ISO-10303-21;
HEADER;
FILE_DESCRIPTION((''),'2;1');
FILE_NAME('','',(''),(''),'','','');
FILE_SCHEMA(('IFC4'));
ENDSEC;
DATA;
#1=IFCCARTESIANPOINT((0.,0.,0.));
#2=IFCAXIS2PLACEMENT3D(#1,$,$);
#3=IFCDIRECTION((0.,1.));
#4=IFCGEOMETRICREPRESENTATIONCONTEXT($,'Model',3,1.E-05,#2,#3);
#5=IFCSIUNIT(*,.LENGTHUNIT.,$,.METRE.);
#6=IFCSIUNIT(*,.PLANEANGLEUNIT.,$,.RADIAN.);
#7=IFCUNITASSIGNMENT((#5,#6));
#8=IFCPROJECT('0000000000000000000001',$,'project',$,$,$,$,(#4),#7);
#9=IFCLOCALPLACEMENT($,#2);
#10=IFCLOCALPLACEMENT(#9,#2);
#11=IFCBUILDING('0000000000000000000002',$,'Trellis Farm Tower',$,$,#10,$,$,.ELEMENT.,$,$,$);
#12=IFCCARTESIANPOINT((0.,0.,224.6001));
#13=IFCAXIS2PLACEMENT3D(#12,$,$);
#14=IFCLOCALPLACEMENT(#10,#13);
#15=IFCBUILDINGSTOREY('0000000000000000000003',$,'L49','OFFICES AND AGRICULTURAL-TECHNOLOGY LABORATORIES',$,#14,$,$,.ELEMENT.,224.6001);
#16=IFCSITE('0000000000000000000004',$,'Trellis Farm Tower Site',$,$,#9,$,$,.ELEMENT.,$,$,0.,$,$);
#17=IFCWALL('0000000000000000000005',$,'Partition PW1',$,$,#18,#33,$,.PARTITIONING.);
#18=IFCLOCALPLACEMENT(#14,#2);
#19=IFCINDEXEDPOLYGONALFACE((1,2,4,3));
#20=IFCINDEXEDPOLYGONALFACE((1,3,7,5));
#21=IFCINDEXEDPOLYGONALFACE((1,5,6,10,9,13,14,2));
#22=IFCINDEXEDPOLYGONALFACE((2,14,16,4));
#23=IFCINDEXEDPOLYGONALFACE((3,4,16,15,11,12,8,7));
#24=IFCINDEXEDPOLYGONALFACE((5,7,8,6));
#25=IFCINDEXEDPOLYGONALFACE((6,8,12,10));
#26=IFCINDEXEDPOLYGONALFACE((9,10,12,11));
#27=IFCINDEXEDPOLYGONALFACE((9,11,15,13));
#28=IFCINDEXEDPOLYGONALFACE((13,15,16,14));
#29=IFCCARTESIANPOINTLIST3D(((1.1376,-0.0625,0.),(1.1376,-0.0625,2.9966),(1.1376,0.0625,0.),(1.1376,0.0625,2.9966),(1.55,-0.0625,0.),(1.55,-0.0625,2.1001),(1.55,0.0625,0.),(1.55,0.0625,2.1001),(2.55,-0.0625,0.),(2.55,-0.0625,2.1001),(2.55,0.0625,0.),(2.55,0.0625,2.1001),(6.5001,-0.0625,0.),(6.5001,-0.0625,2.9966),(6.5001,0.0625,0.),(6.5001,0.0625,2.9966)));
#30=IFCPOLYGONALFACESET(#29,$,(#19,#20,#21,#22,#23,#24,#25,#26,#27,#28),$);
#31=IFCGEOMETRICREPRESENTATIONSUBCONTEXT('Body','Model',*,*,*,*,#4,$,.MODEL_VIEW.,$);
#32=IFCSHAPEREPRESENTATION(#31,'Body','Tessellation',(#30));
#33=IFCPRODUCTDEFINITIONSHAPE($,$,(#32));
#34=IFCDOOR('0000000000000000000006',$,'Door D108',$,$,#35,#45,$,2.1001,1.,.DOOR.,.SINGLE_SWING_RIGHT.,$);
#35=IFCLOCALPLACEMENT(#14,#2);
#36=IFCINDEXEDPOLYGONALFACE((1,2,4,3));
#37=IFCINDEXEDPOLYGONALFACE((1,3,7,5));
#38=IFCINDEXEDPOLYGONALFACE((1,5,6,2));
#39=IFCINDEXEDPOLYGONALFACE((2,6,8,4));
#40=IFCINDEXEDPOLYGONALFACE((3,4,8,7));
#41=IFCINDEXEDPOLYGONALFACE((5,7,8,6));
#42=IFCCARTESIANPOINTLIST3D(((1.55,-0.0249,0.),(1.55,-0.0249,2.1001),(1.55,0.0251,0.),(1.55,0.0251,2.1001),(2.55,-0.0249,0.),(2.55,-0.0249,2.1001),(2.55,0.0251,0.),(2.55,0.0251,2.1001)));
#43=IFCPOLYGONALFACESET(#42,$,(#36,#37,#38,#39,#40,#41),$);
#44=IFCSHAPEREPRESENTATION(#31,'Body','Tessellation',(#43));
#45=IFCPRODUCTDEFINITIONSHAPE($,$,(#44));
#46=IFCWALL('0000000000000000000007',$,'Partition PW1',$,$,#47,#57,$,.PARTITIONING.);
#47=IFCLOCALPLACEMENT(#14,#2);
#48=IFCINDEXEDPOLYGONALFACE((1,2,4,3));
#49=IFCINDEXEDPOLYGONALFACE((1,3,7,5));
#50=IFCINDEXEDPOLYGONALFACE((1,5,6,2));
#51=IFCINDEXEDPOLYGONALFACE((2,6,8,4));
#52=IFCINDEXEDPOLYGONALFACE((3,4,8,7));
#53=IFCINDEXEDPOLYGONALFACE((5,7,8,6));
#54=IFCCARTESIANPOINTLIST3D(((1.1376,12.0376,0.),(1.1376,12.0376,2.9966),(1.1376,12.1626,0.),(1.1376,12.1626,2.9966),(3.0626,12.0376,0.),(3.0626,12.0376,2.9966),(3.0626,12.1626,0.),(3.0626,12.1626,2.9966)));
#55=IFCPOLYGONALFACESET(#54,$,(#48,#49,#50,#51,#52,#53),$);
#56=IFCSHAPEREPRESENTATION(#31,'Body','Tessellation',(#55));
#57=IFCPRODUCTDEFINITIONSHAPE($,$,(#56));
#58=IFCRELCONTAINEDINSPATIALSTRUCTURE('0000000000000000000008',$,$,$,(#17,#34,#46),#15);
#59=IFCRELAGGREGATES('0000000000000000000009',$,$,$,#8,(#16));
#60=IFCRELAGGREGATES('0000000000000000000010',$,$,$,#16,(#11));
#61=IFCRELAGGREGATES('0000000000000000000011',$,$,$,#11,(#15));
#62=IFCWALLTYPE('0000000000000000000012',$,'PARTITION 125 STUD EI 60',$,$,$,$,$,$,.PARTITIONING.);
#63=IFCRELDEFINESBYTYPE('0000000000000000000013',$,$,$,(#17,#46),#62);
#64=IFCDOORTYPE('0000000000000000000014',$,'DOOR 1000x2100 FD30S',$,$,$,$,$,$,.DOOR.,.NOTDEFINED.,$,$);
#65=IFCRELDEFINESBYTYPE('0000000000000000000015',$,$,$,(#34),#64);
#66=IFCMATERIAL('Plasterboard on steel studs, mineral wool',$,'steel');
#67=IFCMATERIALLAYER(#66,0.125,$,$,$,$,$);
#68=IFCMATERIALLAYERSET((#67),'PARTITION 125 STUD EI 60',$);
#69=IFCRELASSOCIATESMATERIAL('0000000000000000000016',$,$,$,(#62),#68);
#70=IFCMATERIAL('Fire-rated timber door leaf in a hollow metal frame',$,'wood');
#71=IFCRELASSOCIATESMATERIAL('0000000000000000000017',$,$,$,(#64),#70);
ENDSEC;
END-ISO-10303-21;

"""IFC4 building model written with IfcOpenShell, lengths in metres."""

from ifc_helpers import new_model, si_unit, direction, frame, frame_2d, origin, place, context, subcontext, project, spatial, rectangle, extrude, source, transform, mapped, material, layer, layer_set, type_object, element, fill, save


model = new_model("IFC4")

# Units and contexts
model_context = context("Model", 3, precision=1e-05, world=origin(), true_north=direction((0.0, 1.0)))
body_context = subcontext(model_context, "Body", "Model", "MODEL_VIEW")
ifc_project = project(units=[si_unit("LENGTHUNIT", "METRE"), si_unit("PLANEANGLEUNIT", "RADIAN")], contexts=[model_context])

# Site, building, storey
site_placement = place(None, origin())
site = spatial("IfcSite", under=ifc_project, at=site_placement, Name="Trellis Farm Tower Site", CompositionType="ELEMENT", RefElevation=0.0)
building_placement = place(site_placement, origin())
building = spatial("IfcBuilding", under=site, at=building_placement, Name="Trellis Farm Tower", CompositionType="ELEMENT")
storey_placement = place(building_placement, frame((0.0, 0.0, 224.6001)))
storey = spatial("IfcBuildingStorey", under=building, at=storey_placement, Name="L49", Description="OFFICES AND AGRICULTURAL-TECHNOLOGY LABORATORIES", CompositionType="ELEMENT", Elevation=224.6001)

# Shared definitions
ifc_material_1 = material(Name="Plasterboard on steel studs, mineral wool", Category="steel")
ifc_layer_1 = layer(ifc_material_1, 0.125)
ifc_layer_set_1 = layer_set([ifc_layer_1], Name="PARTITION 125 STUD EI 60")
wall_type_1 = type_object("IfcWallType", Name="PARTITION 125 STUD EI 60", PredefinedType="PARTITIONING", material=ifc_layer_set_1)

# Wall, opening, door
shared_shape_1 = source(origin(), body_context, "Body", "SweptSolid", [
    extrude(rectangle(XDim=5.3625, YDim=0.125, at=frame_2d((2.6812, 0.0))), origin(), (0.0, 0.0, 1.0), 2.9966),
])
wall_1_placement = place(storey_placement, frame((6.5, 0.0, 0.0), z_axis=(0.0, 0.0, 1.0), x_axis=(-1.0, 0.0, 0.0)))
wall_1 = element("IfcWall", 1, at=wall_1_placement, inside=storey, type_object=wall_type_1, Name="Partition PW1", PredefinedType="PARTITIONING", context=body_context, shape_type="MappedRepresentation", body=[
    mapped(shared_shape_1, transform((0.0, 0.0, 0.0))),
])
shared_shape_2 = source(origin(), body_context, "Body", "SweptSolid", [
    extrude(rectangle(XDim=1.0, YDim=2.1001, at=frame_2d((0.5, 1.05))), frame((0.0, 0.0725, 0.0), z_axis=(0.0, -1.0, 0.0), x_axis=(1.0, 0.0, 0.0)), (0.0, 0.0, 1.0), 0.145),
])
opening_1_placement = place(wall_1_placement, frame((3.95, 0.0, 0.0)))
opening_1 = element("IfcOpeningElement", 2, at=opening_1_placement, cuts=wall_1, PredefinedType="OPENING", context=body_context, shape_type="MappedRepresentation", body=[
    mapped(shared_shape_2, transform((0.0, 0.0, 0.0))),
])
ifc_material_2 = material(Name="Fire-rated timber door leaf in a hollow metal frame", Category="wood")
door_type_1 = type_object("IfcDoorType", Name="DOOR 1000x2100 FD30S", OperationType="NOTDEFINED", PredefinedType="DOOR", material=ifc_material_2)
shared_shape_3 = source(origin(), body_context, "Body", "SweptSolid", [
    extrude(rectangle(XDim=1.0, YDim=2.1001, at=frame_2d((0.5, 1.05))), frame((0.0, 0.0249, 0.0), z_axis=(0.0, -1.0, 0.0), x_axis=(1.0, 0.0, 0.0)), (0.0, 0.0, 1.0), 0.05),
])
door_1_placement = place(opening_1_placement, origin())
door_1 = element("IfcDoor", 3, at=door_1_placement, inside=storey, type_object=door_type_1, Name="Door D108", OperationType="SINGLE_SWING_RIGHT", OverallHeight=2.1001, OverallWidth=1.0, PredefinedType="DOOR", context=body_context, shape_type="MappedRepresentation", body=[
    mapped(shared_shape_3, transform((0.0, 0.0, 0.0))),
])
fill(opening_1, door_1)

# Wall
shared_shape_4 = source(origin(), body_context, "Body", "SweptSolid", [
    extrude(rectangle(XDim=1.925, YDim=0.125, at=frame_2d((0.9624, 0.0))), origin(), (0.0, 0.0, 1.0), 2.9966),
])
wall_2_placement = place(storey_placement, frame((3.0625, 12.1001, 0.0), z_axis=(0.0, 0.0, 1.0), x_axis=(-1.0, 0.0, 0.0)))
element("IfcWall", 4, at=wall_2_placement, inside=storey, type_object=wall_type_1, Name="Partition PW1", PredefinedType="PARTITIONING", context=body_context, shape_type="MappedRepresentation", body=[
    mapped(shared_shape_4, transform((0.0, 0.0, 0.0))),
])

save(model, "model.ifc")
